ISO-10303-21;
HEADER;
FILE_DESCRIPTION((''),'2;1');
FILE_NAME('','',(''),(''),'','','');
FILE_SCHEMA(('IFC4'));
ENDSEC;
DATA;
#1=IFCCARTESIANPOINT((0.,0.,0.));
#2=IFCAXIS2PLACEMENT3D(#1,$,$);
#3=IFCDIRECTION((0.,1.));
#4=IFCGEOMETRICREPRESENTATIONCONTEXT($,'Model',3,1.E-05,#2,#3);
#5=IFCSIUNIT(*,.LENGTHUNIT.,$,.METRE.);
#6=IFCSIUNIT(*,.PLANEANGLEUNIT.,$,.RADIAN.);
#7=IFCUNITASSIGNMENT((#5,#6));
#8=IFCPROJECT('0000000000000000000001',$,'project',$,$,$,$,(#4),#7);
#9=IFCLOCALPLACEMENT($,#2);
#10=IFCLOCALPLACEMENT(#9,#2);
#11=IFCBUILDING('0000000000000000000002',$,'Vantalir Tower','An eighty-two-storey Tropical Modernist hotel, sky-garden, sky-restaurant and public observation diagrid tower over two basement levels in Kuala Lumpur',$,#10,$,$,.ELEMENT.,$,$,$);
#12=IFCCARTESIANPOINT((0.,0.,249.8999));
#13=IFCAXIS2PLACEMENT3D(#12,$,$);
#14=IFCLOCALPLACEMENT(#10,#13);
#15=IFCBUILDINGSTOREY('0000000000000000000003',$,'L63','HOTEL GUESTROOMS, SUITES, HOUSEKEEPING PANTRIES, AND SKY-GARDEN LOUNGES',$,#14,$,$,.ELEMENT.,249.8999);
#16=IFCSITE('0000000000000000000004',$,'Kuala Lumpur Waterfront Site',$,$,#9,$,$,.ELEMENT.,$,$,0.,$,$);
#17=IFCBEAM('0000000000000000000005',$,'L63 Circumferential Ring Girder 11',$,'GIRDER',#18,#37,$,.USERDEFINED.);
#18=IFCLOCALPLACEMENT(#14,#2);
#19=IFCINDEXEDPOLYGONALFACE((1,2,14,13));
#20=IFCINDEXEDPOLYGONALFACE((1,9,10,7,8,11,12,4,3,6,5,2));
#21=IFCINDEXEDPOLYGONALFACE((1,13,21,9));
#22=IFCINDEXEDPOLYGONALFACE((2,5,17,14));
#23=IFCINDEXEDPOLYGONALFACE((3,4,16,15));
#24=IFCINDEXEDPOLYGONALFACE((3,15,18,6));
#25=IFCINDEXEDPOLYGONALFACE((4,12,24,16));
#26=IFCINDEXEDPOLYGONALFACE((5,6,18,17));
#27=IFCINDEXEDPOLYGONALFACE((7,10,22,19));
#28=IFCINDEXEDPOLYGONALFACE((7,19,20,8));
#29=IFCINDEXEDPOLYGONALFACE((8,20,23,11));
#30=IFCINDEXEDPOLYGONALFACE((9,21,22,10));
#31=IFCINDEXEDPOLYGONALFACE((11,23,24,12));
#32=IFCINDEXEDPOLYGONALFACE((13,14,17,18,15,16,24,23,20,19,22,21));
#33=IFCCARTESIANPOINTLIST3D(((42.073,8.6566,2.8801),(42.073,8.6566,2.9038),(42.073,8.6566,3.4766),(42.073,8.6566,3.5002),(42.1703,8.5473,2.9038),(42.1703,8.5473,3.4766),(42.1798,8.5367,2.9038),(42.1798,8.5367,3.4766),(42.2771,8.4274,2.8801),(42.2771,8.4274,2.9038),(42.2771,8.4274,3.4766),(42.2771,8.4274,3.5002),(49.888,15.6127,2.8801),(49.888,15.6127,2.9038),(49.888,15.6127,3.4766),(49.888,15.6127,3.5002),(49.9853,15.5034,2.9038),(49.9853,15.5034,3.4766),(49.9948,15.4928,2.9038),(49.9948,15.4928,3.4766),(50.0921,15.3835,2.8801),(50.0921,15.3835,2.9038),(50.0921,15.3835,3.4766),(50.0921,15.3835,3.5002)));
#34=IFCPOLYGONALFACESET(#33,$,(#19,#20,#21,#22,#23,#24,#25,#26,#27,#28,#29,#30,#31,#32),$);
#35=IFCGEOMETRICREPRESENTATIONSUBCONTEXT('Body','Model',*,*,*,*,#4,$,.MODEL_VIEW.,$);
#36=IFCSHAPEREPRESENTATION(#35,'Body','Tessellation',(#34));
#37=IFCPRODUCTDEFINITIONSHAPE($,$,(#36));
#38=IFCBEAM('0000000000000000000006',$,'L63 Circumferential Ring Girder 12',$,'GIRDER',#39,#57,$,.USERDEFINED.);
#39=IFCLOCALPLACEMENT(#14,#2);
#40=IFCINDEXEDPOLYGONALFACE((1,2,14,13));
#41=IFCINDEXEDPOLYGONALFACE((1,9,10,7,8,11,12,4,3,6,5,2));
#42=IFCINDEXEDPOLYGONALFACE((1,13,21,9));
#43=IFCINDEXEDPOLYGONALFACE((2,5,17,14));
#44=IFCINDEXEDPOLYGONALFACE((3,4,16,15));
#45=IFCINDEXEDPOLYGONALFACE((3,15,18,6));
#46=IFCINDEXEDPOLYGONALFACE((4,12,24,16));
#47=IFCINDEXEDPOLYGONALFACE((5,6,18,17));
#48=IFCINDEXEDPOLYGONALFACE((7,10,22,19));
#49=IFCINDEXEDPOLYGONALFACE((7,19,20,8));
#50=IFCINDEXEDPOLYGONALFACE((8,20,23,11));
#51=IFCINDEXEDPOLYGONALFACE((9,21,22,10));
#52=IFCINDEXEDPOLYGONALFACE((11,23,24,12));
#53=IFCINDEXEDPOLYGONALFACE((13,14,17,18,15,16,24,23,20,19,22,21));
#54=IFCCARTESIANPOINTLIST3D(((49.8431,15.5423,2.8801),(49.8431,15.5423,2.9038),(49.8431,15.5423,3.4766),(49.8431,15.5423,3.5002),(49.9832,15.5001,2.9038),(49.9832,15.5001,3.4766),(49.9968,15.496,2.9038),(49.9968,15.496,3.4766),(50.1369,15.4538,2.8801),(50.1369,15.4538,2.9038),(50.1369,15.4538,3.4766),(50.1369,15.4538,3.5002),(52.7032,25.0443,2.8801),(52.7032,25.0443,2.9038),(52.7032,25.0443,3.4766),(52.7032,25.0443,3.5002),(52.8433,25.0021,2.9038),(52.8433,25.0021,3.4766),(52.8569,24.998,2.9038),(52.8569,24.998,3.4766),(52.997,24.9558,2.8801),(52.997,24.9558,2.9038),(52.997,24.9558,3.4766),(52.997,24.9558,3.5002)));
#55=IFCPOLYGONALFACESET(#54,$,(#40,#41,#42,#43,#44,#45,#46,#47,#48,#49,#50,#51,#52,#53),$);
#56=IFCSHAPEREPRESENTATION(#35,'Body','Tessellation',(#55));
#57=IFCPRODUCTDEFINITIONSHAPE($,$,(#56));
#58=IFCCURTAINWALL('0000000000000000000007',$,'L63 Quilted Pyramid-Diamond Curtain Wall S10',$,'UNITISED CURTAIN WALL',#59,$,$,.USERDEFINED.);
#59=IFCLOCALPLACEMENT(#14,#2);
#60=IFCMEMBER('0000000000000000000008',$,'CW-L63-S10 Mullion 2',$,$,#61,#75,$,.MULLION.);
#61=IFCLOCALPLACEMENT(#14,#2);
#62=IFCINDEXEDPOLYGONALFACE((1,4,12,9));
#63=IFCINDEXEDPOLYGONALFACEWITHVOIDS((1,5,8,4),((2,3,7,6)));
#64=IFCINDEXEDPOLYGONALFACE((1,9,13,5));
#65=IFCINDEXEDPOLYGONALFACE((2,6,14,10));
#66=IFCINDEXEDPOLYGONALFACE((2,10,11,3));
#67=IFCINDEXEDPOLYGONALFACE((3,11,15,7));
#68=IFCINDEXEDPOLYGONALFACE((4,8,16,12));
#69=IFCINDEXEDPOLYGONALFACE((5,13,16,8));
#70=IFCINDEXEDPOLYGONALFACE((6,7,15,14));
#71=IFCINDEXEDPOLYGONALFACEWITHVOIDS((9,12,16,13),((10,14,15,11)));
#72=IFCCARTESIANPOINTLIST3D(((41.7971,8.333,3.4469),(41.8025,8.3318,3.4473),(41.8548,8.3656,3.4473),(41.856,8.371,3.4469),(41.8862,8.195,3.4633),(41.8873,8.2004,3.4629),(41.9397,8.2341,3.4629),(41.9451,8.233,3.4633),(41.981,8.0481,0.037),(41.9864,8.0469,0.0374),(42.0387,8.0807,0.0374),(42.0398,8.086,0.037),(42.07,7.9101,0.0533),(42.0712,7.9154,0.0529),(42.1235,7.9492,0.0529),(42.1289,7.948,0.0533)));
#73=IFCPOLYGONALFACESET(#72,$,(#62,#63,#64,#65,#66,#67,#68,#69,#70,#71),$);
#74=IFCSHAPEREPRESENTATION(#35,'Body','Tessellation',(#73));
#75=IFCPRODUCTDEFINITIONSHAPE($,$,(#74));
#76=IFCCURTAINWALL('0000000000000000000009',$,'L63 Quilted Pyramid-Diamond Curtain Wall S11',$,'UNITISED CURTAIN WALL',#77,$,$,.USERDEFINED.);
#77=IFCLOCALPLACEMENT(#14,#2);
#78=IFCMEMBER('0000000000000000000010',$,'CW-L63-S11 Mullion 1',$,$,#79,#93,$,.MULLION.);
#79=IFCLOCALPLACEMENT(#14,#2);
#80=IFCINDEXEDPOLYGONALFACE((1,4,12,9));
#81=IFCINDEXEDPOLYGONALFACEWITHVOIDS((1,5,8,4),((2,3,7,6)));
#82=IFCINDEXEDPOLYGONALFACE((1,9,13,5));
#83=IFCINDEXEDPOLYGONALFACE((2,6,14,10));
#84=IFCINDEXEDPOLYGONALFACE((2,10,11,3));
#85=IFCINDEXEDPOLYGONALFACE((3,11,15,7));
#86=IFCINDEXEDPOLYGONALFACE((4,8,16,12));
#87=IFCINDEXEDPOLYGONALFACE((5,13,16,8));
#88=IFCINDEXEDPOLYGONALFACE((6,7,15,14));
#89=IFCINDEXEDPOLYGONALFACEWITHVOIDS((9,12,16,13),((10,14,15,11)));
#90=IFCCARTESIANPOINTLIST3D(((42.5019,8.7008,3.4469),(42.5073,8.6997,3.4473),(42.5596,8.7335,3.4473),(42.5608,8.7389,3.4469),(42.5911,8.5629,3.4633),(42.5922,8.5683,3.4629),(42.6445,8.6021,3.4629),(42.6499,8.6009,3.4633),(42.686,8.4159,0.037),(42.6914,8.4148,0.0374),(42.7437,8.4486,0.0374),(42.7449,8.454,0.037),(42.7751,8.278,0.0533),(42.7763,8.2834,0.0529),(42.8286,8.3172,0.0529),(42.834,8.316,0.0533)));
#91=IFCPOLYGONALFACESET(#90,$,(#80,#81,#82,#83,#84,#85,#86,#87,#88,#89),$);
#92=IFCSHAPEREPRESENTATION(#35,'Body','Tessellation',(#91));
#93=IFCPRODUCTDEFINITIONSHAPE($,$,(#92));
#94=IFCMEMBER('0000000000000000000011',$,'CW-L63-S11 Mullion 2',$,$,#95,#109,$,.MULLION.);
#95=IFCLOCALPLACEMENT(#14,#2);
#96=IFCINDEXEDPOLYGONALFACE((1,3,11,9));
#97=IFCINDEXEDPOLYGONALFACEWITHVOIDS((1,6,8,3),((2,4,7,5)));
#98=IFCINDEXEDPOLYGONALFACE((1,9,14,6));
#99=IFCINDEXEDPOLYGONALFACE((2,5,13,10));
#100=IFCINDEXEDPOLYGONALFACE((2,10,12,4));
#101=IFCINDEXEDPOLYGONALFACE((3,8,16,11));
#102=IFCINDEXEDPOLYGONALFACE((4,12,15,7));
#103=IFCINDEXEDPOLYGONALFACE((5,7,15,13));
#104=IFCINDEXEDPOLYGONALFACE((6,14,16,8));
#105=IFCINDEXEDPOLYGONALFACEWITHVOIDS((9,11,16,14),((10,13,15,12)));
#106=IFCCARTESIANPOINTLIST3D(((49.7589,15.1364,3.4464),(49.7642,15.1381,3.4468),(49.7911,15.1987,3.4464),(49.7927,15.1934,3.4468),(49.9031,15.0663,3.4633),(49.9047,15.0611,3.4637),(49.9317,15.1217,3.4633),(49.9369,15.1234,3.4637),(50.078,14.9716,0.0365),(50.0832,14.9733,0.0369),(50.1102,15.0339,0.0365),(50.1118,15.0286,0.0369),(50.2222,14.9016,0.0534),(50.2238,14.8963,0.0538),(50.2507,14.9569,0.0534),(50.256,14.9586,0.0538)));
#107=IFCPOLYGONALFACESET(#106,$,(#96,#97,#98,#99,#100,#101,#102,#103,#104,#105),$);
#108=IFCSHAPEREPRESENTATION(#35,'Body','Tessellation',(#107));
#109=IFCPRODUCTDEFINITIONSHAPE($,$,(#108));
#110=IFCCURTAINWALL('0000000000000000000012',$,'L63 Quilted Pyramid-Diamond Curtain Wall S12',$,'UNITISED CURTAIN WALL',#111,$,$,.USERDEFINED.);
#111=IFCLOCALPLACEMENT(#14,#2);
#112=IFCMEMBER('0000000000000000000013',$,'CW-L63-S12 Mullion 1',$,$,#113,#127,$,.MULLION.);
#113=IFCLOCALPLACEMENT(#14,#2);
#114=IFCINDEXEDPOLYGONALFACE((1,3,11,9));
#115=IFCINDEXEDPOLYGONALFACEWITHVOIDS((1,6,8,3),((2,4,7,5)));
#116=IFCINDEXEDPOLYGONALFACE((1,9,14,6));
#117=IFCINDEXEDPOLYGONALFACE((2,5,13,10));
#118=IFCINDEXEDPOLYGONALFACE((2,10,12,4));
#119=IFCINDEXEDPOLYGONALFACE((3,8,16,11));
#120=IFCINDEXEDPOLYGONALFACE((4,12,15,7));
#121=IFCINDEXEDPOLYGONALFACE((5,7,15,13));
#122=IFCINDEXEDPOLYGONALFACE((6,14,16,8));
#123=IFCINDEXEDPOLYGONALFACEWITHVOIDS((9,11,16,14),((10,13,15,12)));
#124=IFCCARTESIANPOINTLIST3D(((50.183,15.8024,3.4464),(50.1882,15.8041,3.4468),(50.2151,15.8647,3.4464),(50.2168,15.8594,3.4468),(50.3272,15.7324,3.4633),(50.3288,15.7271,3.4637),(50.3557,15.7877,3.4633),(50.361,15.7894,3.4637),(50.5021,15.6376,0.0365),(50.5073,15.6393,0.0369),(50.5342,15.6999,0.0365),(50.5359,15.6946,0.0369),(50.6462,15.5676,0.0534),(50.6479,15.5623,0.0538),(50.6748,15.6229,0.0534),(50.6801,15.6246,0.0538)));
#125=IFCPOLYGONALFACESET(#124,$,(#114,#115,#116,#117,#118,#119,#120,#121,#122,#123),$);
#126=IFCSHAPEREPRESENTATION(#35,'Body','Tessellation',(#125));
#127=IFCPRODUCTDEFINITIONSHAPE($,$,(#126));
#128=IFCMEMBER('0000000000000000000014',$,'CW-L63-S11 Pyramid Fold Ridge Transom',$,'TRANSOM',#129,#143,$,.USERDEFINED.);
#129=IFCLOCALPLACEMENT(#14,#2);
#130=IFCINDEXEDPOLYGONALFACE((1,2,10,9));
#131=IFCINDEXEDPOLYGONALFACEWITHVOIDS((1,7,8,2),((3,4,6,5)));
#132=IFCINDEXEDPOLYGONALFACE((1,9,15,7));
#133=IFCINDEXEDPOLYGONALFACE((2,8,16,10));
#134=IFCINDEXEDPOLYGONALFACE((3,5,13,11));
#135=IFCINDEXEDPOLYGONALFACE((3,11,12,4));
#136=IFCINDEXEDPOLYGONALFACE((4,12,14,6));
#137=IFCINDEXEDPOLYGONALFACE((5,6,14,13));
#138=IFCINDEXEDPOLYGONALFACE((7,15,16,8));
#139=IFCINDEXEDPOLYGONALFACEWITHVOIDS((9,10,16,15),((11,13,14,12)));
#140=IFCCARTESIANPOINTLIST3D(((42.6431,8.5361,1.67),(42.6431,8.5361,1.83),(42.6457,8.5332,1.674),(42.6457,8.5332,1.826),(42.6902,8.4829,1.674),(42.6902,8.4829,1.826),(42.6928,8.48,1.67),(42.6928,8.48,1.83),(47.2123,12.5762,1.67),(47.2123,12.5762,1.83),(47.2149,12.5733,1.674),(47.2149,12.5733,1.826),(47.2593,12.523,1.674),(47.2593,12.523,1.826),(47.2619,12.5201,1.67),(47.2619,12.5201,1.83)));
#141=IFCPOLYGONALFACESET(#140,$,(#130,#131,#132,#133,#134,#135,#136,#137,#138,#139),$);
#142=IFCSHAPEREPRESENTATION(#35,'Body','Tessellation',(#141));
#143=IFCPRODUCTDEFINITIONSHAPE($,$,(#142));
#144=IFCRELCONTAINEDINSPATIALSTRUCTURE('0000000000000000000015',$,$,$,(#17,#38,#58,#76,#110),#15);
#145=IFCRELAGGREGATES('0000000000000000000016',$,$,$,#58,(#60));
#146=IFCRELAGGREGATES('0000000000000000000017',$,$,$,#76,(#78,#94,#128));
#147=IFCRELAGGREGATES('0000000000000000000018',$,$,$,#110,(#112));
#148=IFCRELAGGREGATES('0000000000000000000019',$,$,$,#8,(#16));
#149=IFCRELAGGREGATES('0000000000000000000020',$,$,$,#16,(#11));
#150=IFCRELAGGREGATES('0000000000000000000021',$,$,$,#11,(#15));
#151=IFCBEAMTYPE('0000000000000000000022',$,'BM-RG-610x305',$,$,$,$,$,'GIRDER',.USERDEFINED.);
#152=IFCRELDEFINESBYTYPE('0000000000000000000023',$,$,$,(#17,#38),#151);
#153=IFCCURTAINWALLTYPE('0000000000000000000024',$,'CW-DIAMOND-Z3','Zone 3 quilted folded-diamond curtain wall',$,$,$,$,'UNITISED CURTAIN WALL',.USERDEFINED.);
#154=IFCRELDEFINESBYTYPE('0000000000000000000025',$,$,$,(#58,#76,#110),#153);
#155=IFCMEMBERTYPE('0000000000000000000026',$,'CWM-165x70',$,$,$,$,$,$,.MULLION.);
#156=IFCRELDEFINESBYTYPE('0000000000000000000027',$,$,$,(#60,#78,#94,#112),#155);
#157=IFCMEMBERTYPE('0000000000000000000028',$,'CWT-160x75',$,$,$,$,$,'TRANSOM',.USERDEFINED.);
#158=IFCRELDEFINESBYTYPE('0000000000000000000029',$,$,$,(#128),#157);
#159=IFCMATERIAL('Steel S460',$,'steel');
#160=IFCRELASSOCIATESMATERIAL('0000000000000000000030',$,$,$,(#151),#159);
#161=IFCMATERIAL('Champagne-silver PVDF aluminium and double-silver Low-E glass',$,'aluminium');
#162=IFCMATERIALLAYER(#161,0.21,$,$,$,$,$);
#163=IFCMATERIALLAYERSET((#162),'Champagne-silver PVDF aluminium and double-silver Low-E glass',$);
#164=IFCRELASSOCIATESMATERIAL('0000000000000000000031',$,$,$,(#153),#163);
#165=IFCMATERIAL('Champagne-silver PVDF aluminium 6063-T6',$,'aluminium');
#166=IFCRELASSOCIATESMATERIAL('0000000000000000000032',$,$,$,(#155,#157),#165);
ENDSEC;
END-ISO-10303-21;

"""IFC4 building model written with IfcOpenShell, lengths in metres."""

from ifc_helpers import new_model, si_unit, direction, frame, origin, origin_2d, place, context, subcontext, project, spatial, hollow_rectangle, i_section, extrude, material, layer, layer_set, material_profile, profile_set, type_object, element, aggregate, save


model = new_model("IFC4")

# Units and contexts
model_context = context("Model", 3, precision=1e-05, world=origin(), true_north=direction((0.0, 1.0)))
body_context = subcontext(model_context, "Body", "Model", "MODEL_VIEW")
ifc_project = project(units=[si_unit("LENGTHUNIT", "METRE"), si_unit("PLANEANGLEUNIT", "RADIAN")], contexts=[model_context])

# Site, building, storey
site_placement = place(None, origin())
site = spatial("IfcSite", under=ifc_project, at=site_placement, Name="Kuala Lumpur Waterfront Site", CompositionType="ELEMENT", RefElevation=0.0)
building_placement = place(site_placement, origin())
building = spatial("IfcBuilding", under=site, at=building_placement, Name="Vantalir Tower", Description="An eighty-two-storey Tropical Modernist hotel, sky-garden, sky-restaurant and public observation diagrid tower over two basement levels in Kuala Lumpur", CompositionType="ELEMENT")
storey_placement = place(building_placement, frame((0.0, 0.0, 249.8999)))
storey = spatial("IfcBuildingStorey", under=building, at=storey_placement, Name="L63", Description="HOTEL GUESTROOMS, SUITES, HOUSEKEEPING PANTRIES, AND SKY-GARDEN LOUNGES", CompositionType="ELEMENT", Elevation=249.8999)

# Shared definitions
ifc_material_1 = material(Name="Steel S460", Category="steel")

# Beams
ifc_material_profile_1 = material_profile(ifc_material_1, i_section(OverallWidth=0.3069, OverallDepth=0.6201, WebThickness=0.0142, FlangeThickness=0.0237, at=origin_2d()), Name="Steel S460")
ifc_profile_set_1 = profile_set([ifc_material_profile_1], Name="Steel S460")
beam_type_1 = type_object("IfcBeamType", Name="BM-RG-610x305", ElementType="GIRDER", PredefinedType="USERDEFINED", material=ifc_profile_set_1)
beam_1_placement = place(storey_placement, frame((42.175, 8.542, 3.1902), z_axis=(0.746961, 0.664868, 0.0), x_axis=(-0.664868, 0.746961, 0.0)))
element("IfcBeam", 1, at=beam_1_placement, inside=storey, type_object=beam_type_1, Name="L63 Circumferential Ring Girder 11", ObjectType="GIRDER", PredefinedType="USERDEFINED", context=body_context, shape_type="SweptSolid", body=[
    extrude(i_section(OverallWidth=0.3069, OverallDepth=0.6201, WebThickness=0.0142, FlangeThickness=0.0237, at=origin_2d()), origin(), (0.0, 0.0, 1.0), 10.4624),
])
beam_2_placement = place(storey_placement, frame((49.99, 15.498, 3.1902), z_axis=(0.288228, 0.957562, 0.0), x_axis=(-0.957562, 0.288228, 0.0)))
element("IfcBeam", 2, at=beam_2_placement, inside=storey, type_object=beam_type_1, Name="L63 Circumferential Ring Girder 12", ObjectType="GIRDER", PredefinedType="USERDEFINED", context=body_context, shape_type="SweptSolid", body=[
    extrude(i_section(OverallWidth=0.3069, OverallDepth=0.6201, WebThickness=0.0142, FlangeThickness=0.0237, at=origin_2d()), origin(), (0.0, 0.0, 1.0), 9.9231),
])

# Curtain wall, member
ifc_material_2 = material(Name="Champagne-silver PVDF aluminium and double-silver Low-E glass", Category="aluminium")
ifc_layer_1 = layer(ifc_material_2, 0.21)
ifc_layer_set_1 = layer_set([ifc_layer_1], Name="Champagne-silver PVDF aluminium and double-silver Low-E glass")
curtain_wall_type = type_object("IfcCurtainWallType", Name="CW-DIAMOND-Z3", Description="Zone 3 quilted folded-diamond curtain wall", ElementType="UNITISED CURTAIN WALL", PredefinedType="USERDEFINED", material=ifc_layer_set_1)
curtain_wall_1_placement = place(storey_placement, origin())
curtain_wall_1 = element("IfcCurtainWall", 3, at=curtain_wall_1_placement, inside=storey, type_object=curtain_wall_type, Name="L63 Quilted Pyramid-Diamond Curtain Wall S10", ObjectType="UNITISED CURTAIN WALL", PredefinedType="USERDEFINED")
ifc_material_3 = material(Name="Champagne-silver PVDF aluminium 6063-T6", Category="aluminium")
ifc_material_profile_2 = material_profile(ifc_material_3, hollow_rectangle(XDim=0.0701, YDim=0.165, WallThickness=0.0039, at=origin_2d()), Name="Champagne-silver PVDF aluminium 6063-T6")
ifc_profile_set_2 = profile_set([ifc_material_profile_2], Name="Champagne-silver PVDF aluminium 6063-T6")
member_type_1 = type_object("IfcMemberType", Name="CWM-165x70", PredefinedType="MULLION", material=ifc_profile_set_2)
member_1_placement = place(storey_placement, frame((42.0549, 7.998, 0.0452), z_axis=(-0.053648, 0.083144, 0.995092), x_axis=(-0.840265, -0.542176, 0.0)))
member_1 = element("IfcMember", 4, at=member_1_placement, type_object=member_type_1, Name="CW-L63-S10 Mullion 2", PredefinedType="MULLION", context=body_context, shape_type="SweptSolid", body=[
    extrude(hollow_rectangle(XDim=0.0701, YDim=0.165, WallThickness=0.0039, at=origin_2d()), origin(), (0.0, 0.0, 1.0), 3.4268),
])
aggregate(curtain_wall_1, [member_1])

# Curtain wall, members
curtain_wall_2_placement = place(storey_placement, origin())
curtain_wall_2 = element("IfcCurtainWall", 5, at=curtain_wall_2_placement, inside=storey, type_object=curtain_wall_type, Name="L63 Quilted Pyramid-Diamond Curtain Wall S11", ObjectType="UNITISED CURTAIN WALL", PredefinedType="USERDEFINED")
member_2_placement = place(storey_placement, frame((42.76, 8.366, 0.0452), z_axis=(-0.053719, 0.083144, 0.995089), x_axis=(-0.839937, -0.542684, 0.0)))
member_2 = element("IfcMember", 6, at=member_2_placement, type_object=member_type_1, Name="CW-L63-S11 Mullion 1", PredefinedType="MULLION", context=body_context, shape_type="SweptSolid", body=[
    extrude(hollow_rectangle(XDim=0.0701, YDim=0.165, WallThickness=0.0039, at=origin_2d()), origin(), (0.0, 0.0, 1.0), 3.4268),
])
member_3_placement = place(storey_placement, frame((50.167, 14.9651, 0.0452), z_axis=(-0.093063, 0.048062, 0.9945), x_axis=(-0.458868, -0.888504, 0.0)))
member_3 = element("IfcMember", 7, at=member_3_placement, type_object=member_type_1, Name="CW-L63-S11 Mullion 2", PredefinedType="MULLION", context=body_context, shape_type="SweptSolid", body=[
    extrude(hollow_rectangle(XDim=0.0701, YDim=0.165, WallThickness=0.0039, at=origin_2d()), origin(), (0.0, 0.0, 1.0), 3.4287),
])

# Curtain wall, member
curtain_wall_3_placement = place(storey_placement, origin())
curtain_wall_3 = element("IfcCurtainWall", 8, at=curtain_wall_3_placement, inside=storey, type_object=curtain_wall_type, Name="L63 Quilted Pyramid-Diamond Curtain Wall S12", ObjectType="UNITISED CURTAIN WALL", PredefinedType="USERDEFINED")
member_4_placement = place(storey_placement, frame((50.5911, 15.6311, 0.0452), z_axis=(-0.093063, 0.048062, 0.9945), x_axis=(-0.458868, -0.888504, 0.0)))
member_4 = element("IfcMember", 9, at=member_4_placement, type_object=member_type_1, Name="CW-L63-S12 Mullion 1", PredefinedType="MULLION", context=body_context, shape_type="SweptSolid", body=[
    extrude(hollow_rectangle(XDim=0.0701, YDim=0.165, WallThickness=0.0039, at=origin_2d()), origin(), (0.0, 0.0, 1.0), 3.4287),
])

# Member
ifc_material_profile_3 = material_profile(ifc_material_3, hollow_rectangle(XDim=0.075, YDim=0.1599, WallThickness=0.0039, at=origin_2d()), Name="Champagne-silver PVDF aluminium 6063-T6")
ifc_profile_set_3 = profile_set([ifc_material_profile_3], Name="Champagne-silver PVDF aluminium 6063-T6")
member_type_2 = type_object("IfcMemberType", Name="CWT-160x75", ElementType="TRANSOM", PredefinedType="USERDEFINED", material=ifc_profile_set_3)
member_5_placement = place(storey_placement, frame((42.668, 8.5081, 1.75), z_axis=(0.749147, 0.662404, 0.0), x_axis=(-0.662404, 0.749147, 0.0)))
member_5 = element("IfcMember", 10, at=member_5_placement, type_object=member_type_2, Name="CW-L63-S11 Pyramid Fold Ridge Transom", ObjectType="TRANSOM", PredefinedType="USERDEFINED", context=body_context, shape_type="SweptSolid", body=[
    extrude(hollow_rectangle(XDim=0.075, YDim=0.1599, WallThickness=0.0039, at=origin_2d()), origin(), (0.0, 0.0, 1.0), 6.0991),
])

aggregate(curtain_wall_2, [member_2, member_3, member_5])
aggregate(curtain_wall_3, [member_4])

save(model, "model.ifc")
